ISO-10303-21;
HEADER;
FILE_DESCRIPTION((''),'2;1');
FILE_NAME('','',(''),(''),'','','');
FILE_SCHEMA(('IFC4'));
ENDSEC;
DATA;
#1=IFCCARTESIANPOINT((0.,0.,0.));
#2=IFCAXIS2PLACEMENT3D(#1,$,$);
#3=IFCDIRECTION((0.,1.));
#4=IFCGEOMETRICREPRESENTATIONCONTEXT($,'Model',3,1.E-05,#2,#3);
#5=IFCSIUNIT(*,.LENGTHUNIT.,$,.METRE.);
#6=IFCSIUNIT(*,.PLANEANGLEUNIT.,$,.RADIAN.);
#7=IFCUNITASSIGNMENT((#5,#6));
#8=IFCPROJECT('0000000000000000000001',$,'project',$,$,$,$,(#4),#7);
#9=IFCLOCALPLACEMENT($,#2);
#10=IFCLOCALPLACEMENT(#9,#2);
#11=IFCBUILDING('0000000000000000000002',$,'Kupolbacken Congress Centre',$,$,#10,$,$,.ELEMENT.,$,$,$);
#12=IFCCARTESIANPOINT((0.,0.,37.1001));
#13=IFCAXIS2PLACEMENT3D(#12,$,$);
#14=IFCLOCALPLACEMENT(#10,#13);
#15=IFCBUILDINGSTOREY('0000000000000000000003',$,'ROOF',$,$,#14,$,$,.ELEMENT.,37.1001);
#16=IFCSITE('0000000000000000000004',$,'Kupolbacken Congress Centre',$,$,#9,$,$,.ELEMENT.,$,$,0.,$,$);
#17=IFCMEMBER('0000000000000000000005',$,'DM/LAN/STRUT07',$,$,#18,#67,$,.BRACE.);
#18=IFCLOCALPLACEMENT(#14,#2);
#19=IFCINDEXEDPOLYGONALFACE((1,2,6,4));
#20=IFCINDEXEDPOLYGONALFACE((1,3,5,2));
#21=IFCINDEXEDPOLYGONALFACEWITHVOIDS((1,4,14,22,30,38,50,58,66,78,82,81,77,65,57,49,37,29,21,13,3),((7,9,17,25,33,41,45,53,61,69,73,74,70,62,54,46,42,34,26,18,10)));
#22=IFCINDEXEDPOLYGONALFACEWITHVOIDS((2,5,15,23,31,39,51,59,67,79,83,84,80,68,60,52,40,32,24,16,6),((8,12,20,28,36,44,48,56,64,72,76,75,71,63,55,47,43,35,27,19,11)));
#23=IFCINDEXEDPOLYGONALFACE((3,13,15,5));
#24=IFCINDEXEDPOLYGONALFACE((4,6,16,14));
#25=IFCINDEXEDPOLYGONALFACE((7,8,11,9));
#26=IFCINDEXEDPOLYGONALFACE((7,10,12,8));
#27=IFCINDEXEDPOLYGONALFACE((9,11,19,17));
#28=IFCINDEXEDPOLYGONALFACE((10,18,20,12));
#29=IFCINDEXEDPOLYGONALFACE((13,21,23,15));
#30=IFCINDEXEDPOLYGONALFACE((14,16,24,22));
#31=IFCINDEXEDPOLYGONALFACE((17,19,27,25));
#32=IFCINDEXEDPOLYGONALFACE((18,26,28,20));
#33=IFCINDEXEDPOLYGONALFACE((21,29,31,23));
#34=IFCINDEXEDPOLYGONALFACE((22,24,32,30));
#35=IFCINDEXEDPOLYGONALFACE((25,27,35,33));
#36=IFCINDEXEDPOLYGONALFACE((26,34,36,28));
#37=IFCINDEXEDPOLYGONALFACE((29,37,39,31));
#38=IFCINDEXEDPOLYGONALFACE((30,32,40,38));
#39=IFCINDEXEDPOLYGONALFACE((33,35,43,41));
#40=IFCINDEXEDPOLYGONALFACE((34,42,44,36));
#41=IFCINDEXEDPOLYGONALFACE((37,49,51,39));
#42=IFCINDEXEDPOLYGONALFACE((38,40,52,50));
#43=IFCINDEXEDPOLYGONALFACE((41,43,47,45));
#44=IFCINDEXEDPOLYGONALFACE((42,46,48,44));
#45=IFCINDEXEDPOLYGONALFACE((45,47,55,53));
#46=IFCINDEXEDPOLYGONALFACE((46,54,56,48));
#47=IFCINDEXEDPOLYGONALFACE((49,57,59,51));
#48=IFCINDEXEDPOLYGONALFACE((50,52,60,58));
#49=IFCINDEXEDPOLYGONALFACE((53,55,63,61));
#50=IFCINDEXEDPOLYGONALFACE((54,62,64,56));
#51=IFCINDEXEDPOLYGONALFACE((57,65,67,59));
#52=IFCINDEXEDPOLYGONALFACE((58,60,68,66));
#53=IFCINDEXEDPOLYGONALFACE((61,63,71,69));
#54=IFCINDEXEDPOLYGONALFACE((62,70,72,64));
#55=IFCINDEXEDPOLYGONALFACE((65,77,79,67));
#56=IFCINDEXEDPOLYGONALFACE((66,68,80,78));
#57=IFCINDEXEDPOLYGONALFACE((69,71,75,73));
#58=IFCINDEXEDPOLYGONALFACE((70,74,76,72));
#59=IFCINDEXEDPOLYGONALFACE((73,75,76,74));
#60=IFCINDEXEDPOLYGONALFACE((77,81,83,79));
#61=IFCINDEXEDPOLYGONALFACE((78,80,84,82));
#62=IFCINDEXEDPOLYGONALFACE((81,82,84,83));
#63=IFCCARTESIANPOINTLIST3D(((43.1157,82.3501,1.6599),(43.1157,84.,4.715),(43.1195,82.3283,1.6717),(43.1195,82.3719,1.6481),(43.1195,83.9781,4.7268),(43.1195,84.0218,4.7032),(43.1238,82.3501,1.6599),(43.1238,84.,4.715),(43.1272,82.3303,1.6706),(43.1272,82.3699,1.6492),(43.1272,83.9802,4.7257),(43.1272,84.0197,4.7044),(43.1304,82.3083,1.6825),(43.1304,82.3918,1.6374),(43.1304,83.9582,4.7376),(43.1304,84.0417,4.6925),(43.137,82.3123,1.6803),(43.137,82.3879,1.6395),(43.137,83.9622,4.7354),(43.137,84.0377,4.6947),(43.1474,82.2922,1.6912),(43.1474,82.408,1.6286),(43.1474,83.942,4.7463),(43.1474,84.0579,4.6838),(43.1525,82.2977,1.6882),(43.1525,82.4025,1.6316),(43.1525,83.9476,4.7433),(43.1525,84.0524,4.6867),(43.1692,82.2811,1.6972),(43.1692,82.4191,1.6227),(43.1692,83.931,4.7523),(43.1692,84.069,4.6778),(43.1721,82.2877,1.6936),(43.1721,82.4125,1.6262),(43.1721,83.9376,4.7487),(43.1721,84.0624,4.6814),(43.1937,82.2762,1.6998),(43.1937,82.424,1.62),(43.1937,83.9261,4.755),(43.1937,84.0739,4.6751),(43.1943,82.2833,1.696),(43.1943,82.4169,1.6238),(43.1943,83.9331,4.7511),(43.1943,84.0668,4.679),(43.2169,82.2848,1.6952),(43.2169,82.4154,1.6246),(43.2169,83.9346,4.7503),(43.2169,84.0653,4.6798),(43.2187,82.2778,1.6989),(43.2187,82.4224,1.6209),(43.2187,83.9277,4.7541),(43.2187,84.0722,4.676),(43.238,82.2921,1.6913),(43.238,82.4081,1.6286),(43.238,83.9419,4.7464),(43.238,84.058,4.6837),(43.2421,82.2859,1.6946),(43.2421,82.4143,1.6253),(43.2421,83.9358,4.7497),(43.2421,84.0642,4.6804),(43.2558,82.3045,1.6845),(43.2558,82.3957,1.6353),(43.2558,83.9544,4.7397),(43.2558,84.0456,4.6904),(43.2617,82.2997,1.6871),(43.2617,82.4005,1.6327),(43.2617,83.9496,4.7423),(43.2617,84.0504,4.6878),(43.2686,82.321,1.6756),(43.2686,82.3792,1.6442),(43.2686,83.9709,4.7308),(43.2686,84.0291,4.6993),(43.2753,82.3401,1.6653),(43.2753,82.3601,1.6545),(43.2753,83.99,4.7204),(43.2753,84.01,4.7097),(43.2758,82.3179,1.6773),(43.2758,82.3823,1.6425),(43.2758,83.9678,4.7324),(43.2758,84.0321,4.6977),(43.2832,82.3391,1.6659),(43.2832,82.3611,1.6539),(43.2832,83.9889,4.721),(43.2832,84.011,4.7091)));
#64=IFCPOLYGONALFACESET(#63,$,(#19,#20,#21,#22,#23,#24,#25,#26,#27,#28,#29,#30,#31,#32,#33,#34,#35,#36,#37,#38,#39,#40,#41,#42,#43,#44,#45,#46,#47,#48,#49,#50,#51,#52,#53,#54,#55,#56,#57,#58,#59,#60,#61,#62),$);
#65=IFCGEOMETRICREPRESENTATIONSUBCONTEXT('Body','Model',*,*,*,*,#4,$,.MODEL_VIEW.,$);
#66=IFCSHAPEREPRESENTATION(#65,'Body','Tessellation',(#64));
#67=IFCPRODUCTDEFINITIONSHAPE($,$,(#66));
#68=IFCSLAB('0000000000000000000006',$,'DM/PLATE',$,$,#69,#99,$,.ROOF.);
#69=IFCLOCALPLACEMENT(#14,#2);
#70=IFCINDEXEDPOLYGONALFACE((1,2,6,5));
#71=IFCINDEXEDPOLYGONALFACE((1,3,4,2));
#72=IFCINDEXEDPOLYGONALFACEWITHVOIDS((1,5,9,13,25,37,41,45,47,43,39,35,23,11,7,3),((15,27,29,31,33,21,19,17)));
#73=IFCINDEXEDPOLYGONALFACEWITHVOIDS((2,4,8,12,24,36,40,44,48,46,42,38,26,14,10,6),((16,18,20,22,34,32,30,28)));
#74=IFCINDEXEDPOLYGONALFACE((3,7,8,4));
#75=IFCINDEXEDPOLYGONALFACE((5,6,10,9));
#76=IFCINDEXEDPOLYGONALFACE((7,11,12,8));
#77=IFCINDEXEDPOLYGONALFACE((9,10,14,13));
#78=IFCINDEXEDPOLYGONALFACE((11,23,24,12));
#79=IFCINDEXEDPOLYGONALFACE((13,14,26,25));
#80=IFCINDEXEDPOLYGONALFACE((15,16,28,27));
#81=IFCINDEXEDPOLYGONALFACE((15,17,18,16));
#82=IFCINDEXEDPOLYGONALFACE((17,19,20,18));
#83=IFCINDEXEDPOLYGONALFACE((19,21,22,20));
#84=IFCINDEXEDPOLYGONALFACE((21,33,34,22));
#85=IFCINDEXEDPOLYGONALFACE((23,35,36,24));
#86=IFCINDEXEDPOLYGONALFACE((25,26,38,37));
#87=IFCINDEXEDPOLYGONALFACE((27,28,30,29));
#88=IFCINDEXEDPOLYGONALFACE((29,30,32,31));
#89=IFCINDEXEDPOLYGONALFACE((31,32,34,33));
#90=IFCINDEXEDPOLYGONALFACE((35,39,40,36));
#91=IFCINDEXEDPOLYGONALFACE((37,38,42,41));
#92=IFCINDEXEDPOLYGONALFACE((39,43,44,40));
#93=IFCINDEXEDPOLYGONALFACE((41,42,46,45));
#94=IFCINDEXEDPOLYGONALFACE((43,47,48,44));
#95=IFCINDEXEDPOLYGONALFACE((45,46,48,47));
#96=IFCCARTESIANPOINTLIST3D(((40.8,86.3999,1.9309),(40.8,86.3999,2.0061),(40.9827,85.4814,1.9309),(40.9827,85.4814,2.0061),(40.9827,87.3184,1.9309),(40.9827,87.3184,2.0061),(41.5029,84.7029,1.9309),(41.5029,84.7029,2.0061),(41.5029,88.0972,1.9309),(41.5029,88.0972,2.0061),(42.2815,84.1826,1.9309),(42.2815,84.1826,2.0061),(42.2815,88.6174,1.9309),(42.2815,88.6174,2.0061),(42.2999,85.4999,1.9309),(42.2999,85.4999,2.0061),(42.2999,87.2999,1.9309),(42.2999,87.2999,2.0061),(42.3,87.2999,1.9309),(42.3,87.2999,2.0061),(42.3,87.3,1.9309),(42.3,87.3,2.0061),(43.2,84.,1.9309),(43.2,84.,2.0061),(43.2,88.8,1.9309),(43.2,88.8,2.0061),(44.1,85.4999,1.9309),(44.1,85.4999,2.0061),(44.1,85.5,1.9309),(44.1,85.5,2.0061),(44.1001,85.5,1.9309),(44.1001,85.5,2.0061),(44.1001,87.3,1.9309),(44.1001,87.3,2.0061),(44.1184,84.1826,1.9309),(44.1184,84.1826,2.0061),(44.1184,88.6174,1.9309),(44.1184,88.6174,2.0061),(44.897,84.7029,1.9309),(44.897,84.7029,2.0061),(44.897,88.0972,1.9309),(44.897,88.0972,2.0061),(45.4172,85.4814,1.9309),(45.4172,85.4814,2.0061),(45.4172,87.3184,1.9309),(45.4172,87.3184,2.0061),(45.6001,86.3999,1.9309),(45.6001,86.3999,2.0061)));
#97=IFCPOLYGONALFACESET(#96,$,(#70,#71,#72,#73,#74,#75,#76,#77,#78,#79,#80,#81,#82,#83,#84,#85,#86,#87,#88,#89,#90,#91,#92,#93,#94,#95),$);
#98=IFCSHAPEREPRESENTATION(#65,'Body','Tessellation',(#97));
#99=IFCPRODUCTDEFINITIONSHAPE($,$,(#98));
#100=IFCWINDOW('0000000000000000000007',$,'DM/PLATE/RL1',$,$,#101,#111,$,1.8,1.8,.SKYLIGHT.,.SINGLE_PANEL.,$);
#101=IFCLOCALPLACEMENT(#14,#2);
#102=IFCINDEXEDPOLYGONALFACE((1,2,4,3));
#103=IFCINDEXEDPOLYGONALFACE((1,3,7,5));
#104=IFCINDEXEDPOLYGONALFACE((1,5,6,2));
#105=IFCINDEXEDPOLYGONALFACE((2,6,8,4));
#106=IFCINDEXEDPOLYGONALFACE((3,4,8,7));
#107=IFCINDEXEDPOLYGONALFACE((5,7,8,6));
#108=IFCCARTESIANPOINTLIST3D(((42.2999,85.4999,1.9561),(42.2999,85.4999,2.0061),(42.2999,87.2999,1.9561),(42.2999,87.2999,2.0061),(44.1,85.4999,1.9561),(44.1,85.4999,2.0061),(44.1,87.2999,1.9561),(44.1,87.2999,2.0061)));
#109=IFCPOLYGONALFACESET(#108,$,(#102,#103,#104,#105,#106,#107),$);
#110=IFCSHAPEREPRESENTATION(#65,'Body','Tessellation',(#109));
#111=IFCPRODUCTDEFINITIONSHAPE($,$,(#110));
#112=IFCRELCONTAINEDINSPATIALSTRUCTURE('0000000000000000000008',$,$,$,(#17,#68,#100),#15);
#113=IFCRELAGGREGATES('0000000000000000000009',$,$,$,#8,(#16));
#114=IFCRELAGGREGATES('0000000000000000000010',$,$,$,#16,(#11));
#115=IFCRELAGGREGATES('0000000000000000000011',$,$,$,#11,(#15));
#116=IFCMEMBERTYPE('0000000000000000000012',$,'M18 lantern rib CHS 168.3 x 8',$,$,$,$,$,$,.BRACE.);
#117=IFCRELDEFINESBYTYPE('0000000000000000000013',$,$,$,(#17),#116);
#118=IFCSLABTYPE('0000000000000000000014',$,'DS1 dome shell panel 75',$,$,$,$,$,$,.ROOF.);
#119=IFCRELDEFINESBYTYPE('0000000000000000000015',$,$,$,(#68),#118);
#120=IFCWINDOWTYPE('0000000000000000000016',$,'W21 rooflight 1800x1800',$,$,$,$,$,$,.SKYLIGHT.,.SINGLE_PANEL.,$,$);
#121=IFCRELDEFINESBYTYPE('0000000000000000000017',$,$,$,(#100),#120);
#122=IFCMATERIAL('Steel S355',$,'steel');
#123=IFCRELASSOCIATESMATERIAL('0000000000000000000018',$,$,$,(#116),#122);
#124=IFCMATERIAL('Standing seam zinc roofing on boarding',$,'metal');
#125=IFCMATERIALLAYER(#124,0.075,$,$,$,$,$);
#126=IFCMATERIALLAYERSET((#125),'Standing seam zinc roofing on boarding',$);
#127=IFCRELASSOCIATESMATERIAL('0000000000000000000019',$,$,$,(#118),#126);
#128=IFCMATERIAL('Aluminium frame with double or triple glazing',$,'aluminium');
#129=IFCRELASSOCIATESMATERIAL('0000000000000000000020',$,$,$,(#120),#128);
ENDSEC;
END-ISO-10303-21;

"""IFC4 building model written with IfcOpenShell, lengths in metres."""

from ifc_helpers import new_model, si_unit, direction, frame, origin, origin_2d, place, context, subcontext, project, spatial, polyline, rectangle, hollow_circle, outline, extrude, material, layer, layer_set, material_profile, profile_set, type_object, element, fill, save


model = new_model("IFC4")

# Units and contexts
model_context = context("Model", 3, precision=1e-05, world=origin(), true_north=direction((0.0, 1.0)))
body_context = subcontext(model_context, "Body", "Model", "MODEL_VIEW")
ifc_project = project(units=[si_unit("LENGTHUNIT", "METRE"), si_unit("PLANEANGLEUNIT", "RADIAN")], contexts=[model_context])

# Site, building, storey
site_placement = place(None, origin())
site = spatial("IfcSite", under=ifc_project, at=site_placement, Name="Kupolbacken Congress Centre", CompositionType="ELEMENT", RefElevation=0.0)
building_placement = place(site_placement, origin())
building = spatial("IfcBuilding", under=site, at=building_placement, Name="Kupolbacken Congress Centre", CompositionType="ELEMENT")
storey_placement = place(building_placement, frame((0.0, 0.0, 37.1001)))
storey = spatial("IfcBuildingStorey", under=building, at=storey_placement, Name="ROOF", CompositionType="ELEMENT", Elevation=37.1001)

# Member
ifc_material_1 = material(Name="Steel S355", Category="steel")
ifc_material_profile_1 = material_profile(ifc_material_1, hollow_circle(Radius=0.0842, WallThickness=0.0081, at=origin_2d()), Name="CHS 168.3 x 8")
ifc_profile_set_1 = profile_set([ifc_material_profile_1], Name="Steel S355")
member_type_1 = type_object("IfcMemberType", Name="M18 lantern rib CHS 168.3 x 8", PredefinedType="BRACE", material=ifc_profile_set_1)
member_1_placement = place(storey_placement, frame((43.2, 82.3501, 1.6599), z_axis=(0.0, 0.475173, 0.879892), x_axis=(-1.0, 0.0, 0.0)))
element("IfcMember", 1, at=member_1_placement, inside=storey, type_object=member_type_1, Name="DM/LAN/STRUT07", PredefinedType="BRACE", context=body_context, shape_type="SweptSolid", body=[
    extrude(hollow_circle(Radius=0.0842, WallThickness=0.0081, at=origin_2d()), origin(), (0.0, 0.0, 1.0), 3.4722),
])

# Slab, opening, window
ifc_material_2 = material(Name="Standing seam zinc roofing on boarding", Category="metal")
ifc_layer = layer(ifc_material_2, 0.075)
ifc_layer_set = layer_set([ifc_layer], Name="Standing seam zinc roofing on boarding")
slab_type = type_object("IfcSlabType", Name="DS1 dome shell panel 75", PredefinedType="ROOF", material=ifc_layer_set)
slab_placement = place(storey_placement, frame((0.0, 0.0, 1.9309)))
slab = element("IfcSlab", 2, at=slab_placement, inside=storey, type_object=slab_type, Name="DM/PLATE", PredefinedType="ROOF", context=body_context, shape_type="SweptSolid", body=[
    extrude(outline(polyline([(45.6001, 86.3999), (45.4172, 87.3184), (44.897, 88.0972), (44.1184, 88.6174), (43.2, 88.8), (42.2815, 88.6174), (41.5029, 88.0972), (40.9827, 87.3184), (40.8, 86.3999), (40.9827, 85.4814), (41.5029, 84.7029), (42.2815, 84.1826), (43.2, 84.0), (44.1184, 84.1826), (44.897, 84.7029), (45.4172, 85.4814), (45.6001, 86.3999)]), holes=[polyline([(42.3, 87.3), (44.1001, 87.3), (44.1001, 85.5), (42.3, 85.5), (42.3, 87.3)])]), origin(), (0.0, 0.0, 1.0), 0.0752),
])
opening_placement = place(slab_placement, frame((43.2, 86.3999, 0.0)))
opening = element("IfcOpeningElement", 3, at=opening_placement, cuts=slab, PredefinedType="OPENING", context=body_context, shape_type="SweptSolid", body=[
    extrude(rectangle(XDim=1.8, YDim=1.8, at=origin_2d()), origin(), (0.0, 0.0, 1.0), 0.0752),
])
ifc_material_3 = material(Name="Aluminium frame with double or triple glazing", Category="aluminium")
window_type = type_object("IfcWindowType", Name="W21 rooflight 1800x1800", PartitioningType="SINGLE_PANEL", PredefinedType="SKYLIGHT", material=ifc_material_3)
window_placement = place(opening_placement, frame((0.0, 0.0, 0.0251)))
window = element("IfcWindow", 4, at=window_placement, inside=storey, type_object=window_type, Name="DM/PLATE/RL1", OverallHeight=1.8, OverallWidth=1.8, PartitioningType="SINGLE_PANEL", PredefinedType="SKYLIGHT", context=body_context, shape_type="SweptSolid", body=[
    extrude(rectangle(XDim=1.8, YDim=1.8, at=origin_2d()), origin(), (0.0, 0.0, 1.0), 0.05),
])
fill(opening, window)

save(model, "model.ifc")
